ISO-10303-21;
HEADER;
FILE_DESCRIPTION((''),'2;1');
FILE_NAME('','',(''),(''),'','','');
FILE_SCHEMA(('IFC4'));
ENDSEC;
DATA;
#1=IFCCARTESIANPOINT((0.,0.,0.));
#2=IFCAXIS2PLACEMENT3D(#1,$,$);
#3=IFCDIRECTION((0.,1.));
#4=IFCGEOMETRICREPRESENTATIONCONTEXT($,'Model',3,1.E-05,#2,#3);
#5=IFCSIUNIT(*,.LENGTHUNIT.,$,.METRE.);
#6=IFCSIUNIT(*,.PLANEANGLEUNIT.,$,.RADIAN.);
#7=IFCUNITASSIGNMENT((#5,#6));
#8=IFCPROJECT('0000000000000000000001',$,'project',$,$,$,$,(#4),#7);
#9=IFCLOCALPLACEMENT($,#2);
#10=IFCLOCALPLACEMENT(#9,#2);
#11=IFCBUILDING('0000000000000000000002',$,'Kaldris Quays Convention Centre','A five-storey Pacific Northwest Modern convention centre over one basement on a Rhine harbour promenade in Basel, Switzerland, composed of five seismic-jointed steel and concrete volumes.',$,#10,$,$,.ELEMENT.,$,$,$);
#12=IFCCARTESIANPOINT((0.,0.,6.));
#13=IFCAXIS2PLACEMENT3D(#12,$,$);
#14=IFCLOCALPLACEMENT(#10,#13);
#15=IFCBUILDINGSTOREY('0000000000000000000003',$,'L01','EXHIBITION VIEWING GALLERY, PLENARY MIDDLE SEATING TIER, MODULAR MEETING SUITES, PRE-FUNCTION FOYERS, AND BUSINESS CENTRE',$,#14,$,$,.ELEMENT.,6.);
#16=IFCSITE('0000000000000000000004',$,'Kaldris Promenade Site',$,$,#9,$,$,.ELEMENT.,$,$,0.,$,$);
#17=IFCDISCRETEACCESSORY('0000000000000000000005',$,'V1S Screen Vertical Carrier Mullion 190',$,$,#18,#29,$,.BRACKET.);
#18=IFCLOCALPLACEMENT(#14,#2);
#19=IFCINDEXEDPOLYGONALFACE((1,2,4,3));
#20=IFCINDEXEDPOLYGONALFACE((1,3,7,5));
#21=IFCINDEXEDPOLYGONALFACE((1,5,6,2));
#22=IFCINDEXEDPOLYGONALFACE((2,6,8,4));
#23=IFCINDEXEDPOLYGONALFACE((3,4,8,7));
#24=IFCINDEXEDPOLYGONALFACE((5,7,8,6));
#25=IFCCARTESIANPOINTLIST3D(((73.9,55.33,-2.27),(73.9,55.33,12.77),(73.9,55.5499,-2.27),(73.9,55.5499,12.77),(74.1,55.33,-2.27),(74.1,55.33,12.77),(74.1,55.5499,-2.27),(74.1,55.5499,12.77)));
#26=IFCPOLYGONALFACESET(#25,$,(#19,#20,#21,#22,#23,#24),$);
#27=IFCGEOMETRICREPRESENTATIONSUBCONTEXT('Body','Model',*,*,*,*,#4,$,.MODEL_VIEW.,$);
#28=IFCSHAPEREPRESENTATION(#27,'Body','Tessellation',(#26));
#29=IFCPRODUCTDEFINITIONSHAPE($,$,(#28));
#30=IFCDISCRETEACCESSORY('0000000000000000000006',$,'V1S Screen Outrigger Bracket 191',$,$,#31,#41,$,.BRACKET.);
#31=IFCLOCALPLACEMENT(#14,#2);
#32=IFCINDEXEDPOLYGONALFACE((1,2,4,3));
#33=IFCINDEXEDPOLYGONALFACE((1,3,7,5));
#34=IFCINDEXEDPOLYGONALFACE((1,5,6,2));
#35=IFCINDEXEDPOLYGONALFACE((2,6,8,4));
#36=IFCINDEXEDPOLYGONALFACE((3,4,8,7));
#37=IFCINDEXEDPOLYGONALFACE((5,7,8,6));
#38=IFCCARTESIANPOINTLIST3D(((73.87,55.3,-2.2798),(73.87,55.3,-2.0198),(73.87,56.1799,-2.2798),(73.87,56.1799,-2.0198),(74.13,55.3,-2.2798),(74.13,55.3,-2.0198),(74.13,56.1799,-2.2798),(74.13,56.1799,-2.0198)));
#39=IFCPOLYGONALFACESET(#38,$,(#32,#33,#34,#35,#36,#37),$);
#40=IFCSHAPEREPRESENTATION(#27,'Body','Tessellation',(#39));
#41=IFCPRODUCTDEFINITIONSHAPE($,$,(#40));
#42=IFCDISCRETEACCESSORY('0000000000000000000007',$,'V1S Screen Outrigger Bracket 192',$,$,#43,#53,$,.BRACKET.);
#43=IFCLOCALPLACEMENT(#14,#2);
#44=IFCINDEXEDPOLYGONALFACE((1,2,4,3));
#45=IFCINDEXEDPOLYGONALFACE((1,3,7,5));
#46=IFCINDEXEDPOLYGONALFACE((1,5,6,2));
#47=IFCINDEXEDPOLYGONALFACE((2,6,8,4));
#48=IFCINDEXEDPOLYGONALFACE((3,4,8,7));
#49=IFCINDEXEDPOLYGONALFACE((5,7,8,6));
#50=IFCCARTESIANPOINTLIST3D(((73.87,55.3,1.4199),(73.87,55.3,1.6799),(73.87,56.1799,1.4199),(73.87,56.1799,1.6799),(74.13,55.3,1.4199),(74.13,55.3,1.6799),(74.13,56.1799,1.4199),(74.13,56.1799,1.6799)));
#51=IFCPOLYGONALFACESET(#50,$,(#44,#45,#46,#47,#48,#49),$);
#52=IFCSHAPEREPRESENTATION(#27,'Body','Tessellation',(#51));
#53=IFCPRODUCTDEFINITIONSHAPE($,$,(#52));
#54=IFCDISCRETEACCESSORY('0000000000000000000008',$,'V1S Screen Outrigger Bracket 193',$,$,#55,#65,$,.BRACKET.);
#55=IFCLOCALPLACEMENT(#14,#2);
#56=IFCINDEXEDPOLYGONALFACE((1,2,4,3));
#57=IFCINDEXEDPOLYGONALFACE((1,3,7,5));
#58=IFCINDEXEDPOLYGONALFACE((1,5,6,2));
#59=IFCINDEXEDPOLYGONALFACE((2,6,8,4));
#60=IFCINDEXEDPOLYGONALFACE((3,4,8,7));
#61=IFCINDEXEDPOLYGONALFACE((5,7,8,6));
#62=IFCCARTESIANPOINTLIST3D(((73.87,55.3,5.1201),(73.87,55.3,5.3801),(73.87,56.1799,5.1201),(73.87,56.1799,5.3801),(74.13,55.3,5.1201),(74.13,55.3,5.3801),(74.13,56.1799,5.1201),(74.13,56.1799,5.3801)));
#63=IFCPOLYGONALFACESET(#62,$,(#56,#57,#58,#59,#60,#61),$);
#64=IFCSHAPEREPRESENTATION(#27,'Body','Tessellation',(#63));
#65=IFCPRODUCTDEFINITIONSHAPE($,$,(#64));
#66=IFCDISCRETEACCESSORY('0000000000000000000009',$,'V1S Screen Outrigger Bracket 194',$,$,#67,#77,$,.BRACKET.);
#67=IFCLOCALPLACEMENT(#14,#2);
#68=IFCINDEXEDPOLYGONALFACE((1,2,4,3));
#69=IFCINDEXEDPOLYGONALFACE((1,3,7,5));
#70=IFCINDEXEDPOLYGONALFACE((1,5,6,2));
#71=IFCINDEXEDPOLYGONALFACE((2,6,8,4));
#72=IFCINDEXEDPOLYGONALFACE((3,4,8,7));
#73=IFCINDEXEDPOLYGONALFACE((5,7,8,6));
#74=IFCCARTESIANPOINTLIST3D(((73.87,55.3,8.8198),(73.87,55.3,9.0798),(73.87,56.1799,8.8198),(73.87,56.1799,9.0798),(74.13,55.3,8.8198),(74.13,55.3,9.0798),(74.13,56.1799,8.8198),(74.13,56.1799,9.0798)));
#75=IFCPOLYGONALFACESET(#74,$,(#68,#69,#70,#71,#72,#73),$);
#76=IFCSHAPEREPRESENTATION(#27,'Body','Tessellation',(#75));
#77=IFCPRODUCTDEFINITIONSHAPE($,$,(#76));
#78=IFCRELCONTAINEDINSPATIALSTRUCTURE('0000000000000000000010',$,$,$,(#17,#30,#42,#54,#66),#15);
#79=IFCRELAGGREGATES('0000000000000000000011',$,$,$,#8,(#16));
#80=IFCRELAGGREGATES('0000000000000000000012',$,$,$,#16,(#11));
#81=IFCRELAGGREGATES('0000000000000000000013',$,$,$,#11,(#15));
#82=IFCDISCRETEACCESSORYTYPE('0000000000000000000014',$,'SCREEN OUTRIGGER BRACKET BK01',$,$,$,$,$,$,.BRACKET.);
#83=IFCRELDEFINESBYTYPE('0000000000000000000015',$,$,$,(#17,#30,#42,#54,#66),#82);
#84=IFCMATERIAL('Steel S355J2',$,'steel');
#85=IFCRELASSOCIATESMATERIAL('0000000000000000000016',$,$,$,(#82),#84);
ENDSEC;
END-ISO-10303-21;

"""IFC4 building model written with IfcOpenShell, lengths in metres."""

from ifc_helpers import new_model, si_unit, direction, frame, origin, origin_2d, place, context, subcontext, project, spatial, rectangle, extrude, material, type_object, element, save


model = new_model("IFC4")

# Units and contexts
model_context = context("Model", 3, precision=1e-05, world=origin(), true_north=direction((0.0, 1.0)))
body_context = subcontext(model_context, "Body", "Model", "MODEL_VIEW")
ifc_project = project(units=[si_unit("LENGTHUNIT", "METRE"), si_unit("PLANEANGLEUNIT", "RADIAN")], contexts=[model_context])

# Site, building, storey
site_placement = place(None, origin())
site = spatial("IfcSite", under=ifc_project, at=site_placement, Name="Kaldris Promenade Site", CompositionType="ELEMENT", RefElevation=0.0)
building_placement = place(site_placement, origin())
building = spatial("IfcBuilding", under=site, at=building_placement, Name="Kaldris Quays Convention Centre", Description="A five-storey Pacific Northwest Modern convention centre over one basement on a Rhine harbour promenade in Basel, Switzerland, composed of five seismic-jointed steel and concrete volumes.", CompositionType="ELEMENT")
storey_placement = place(building_placement, frame((0.0, 0.0, 6.0)))
storey = spatial("IfcBuildingStorey", under=building, at=storey_placement, Name="L01", Description="EXHIBITION VIEWING GALLERY, PLENARY MIDDLE SEATING TIER, MODULAR MEETING SUITES, PRE-FUNCTION FOYERS, AND BUSINESS CENTRE", CompositionType="ELEMENT", Elevation=6.0)

# Shared definitions
ifc_material_1 = material(Name="Steel S355J2", Category="steel")

# Discrete accessories
discrete_accessory_type = type_object("IfcDiscreteAccessoryType", Name="SCREEN OUTRIGGER BRACKET BK01", PredefinedType="BRACKET", material=ifc_material_1)
discrete_accessory_1_placement = place(storey_placement, frame((74.0, 55.4399, -2.27), z_axis=(0.0, 0.0, 1.0), x_axis=(1.0, 0.0, 0.0)))
element("IfcDiscreteAccessory", 1, at=discrete_accessory_1_placement, inside=storey, type_object=discrete_accessory_type, Name="V1S Screen Vertical Carrier Mullion 190", PredefinedType="BRACKET", context=body_context, shape_type="SweptSolid", body=[
    extrude(rectangle(XDim=0.2, YDim=0.22, at=origin_2d()), origin(), (0.0, 0.0, 1.0), 15.04),
])
for number, where, z_axis, x_axis, name in (
    (2, (74.0, 55.74, -2.2798), (0.0, 0.0, 1.0), (1.0, 0.0, 0.0), "V1S Screen Outrigger Bracket 191"),
    (3, (74.0, 55.74, 1.4199), (0.0, 0.0, 1.0), (1.0, 0.0, 0.0), "V1S Screen Outrigger Bracket 192"),
    (4, (74.0, 55.74, 5.1201), (0.0, 0.0, 1.0), (1.0, 0.0, 0.0), "V1S Screen Outrigger Bracket 193"),
    (5, (74.0, 55.74, 8.8198), (0.0, 0.0, 1.0), (1.0, 0.0, 0.0), "V1S Screen Outrigger Bracket 194"),
):
    element("IfcDiscreteAccessory", number, at=place(storey_placement, frame(where, z_axis=z_axis, x_axis=x_axis)), inside=storey, type_object=discrete_accessory_type, Name=name, PredefinedType="BRACKET", context=body_context, shape_type="SweptSolid", body=[
        extrude(rectangle(XDim=0.26, YDim=0.8799, at=origin_2d()), origin(), (0.0, 0.0, 1.0), 0.26),
    ])

save(model, "model.ifc")
